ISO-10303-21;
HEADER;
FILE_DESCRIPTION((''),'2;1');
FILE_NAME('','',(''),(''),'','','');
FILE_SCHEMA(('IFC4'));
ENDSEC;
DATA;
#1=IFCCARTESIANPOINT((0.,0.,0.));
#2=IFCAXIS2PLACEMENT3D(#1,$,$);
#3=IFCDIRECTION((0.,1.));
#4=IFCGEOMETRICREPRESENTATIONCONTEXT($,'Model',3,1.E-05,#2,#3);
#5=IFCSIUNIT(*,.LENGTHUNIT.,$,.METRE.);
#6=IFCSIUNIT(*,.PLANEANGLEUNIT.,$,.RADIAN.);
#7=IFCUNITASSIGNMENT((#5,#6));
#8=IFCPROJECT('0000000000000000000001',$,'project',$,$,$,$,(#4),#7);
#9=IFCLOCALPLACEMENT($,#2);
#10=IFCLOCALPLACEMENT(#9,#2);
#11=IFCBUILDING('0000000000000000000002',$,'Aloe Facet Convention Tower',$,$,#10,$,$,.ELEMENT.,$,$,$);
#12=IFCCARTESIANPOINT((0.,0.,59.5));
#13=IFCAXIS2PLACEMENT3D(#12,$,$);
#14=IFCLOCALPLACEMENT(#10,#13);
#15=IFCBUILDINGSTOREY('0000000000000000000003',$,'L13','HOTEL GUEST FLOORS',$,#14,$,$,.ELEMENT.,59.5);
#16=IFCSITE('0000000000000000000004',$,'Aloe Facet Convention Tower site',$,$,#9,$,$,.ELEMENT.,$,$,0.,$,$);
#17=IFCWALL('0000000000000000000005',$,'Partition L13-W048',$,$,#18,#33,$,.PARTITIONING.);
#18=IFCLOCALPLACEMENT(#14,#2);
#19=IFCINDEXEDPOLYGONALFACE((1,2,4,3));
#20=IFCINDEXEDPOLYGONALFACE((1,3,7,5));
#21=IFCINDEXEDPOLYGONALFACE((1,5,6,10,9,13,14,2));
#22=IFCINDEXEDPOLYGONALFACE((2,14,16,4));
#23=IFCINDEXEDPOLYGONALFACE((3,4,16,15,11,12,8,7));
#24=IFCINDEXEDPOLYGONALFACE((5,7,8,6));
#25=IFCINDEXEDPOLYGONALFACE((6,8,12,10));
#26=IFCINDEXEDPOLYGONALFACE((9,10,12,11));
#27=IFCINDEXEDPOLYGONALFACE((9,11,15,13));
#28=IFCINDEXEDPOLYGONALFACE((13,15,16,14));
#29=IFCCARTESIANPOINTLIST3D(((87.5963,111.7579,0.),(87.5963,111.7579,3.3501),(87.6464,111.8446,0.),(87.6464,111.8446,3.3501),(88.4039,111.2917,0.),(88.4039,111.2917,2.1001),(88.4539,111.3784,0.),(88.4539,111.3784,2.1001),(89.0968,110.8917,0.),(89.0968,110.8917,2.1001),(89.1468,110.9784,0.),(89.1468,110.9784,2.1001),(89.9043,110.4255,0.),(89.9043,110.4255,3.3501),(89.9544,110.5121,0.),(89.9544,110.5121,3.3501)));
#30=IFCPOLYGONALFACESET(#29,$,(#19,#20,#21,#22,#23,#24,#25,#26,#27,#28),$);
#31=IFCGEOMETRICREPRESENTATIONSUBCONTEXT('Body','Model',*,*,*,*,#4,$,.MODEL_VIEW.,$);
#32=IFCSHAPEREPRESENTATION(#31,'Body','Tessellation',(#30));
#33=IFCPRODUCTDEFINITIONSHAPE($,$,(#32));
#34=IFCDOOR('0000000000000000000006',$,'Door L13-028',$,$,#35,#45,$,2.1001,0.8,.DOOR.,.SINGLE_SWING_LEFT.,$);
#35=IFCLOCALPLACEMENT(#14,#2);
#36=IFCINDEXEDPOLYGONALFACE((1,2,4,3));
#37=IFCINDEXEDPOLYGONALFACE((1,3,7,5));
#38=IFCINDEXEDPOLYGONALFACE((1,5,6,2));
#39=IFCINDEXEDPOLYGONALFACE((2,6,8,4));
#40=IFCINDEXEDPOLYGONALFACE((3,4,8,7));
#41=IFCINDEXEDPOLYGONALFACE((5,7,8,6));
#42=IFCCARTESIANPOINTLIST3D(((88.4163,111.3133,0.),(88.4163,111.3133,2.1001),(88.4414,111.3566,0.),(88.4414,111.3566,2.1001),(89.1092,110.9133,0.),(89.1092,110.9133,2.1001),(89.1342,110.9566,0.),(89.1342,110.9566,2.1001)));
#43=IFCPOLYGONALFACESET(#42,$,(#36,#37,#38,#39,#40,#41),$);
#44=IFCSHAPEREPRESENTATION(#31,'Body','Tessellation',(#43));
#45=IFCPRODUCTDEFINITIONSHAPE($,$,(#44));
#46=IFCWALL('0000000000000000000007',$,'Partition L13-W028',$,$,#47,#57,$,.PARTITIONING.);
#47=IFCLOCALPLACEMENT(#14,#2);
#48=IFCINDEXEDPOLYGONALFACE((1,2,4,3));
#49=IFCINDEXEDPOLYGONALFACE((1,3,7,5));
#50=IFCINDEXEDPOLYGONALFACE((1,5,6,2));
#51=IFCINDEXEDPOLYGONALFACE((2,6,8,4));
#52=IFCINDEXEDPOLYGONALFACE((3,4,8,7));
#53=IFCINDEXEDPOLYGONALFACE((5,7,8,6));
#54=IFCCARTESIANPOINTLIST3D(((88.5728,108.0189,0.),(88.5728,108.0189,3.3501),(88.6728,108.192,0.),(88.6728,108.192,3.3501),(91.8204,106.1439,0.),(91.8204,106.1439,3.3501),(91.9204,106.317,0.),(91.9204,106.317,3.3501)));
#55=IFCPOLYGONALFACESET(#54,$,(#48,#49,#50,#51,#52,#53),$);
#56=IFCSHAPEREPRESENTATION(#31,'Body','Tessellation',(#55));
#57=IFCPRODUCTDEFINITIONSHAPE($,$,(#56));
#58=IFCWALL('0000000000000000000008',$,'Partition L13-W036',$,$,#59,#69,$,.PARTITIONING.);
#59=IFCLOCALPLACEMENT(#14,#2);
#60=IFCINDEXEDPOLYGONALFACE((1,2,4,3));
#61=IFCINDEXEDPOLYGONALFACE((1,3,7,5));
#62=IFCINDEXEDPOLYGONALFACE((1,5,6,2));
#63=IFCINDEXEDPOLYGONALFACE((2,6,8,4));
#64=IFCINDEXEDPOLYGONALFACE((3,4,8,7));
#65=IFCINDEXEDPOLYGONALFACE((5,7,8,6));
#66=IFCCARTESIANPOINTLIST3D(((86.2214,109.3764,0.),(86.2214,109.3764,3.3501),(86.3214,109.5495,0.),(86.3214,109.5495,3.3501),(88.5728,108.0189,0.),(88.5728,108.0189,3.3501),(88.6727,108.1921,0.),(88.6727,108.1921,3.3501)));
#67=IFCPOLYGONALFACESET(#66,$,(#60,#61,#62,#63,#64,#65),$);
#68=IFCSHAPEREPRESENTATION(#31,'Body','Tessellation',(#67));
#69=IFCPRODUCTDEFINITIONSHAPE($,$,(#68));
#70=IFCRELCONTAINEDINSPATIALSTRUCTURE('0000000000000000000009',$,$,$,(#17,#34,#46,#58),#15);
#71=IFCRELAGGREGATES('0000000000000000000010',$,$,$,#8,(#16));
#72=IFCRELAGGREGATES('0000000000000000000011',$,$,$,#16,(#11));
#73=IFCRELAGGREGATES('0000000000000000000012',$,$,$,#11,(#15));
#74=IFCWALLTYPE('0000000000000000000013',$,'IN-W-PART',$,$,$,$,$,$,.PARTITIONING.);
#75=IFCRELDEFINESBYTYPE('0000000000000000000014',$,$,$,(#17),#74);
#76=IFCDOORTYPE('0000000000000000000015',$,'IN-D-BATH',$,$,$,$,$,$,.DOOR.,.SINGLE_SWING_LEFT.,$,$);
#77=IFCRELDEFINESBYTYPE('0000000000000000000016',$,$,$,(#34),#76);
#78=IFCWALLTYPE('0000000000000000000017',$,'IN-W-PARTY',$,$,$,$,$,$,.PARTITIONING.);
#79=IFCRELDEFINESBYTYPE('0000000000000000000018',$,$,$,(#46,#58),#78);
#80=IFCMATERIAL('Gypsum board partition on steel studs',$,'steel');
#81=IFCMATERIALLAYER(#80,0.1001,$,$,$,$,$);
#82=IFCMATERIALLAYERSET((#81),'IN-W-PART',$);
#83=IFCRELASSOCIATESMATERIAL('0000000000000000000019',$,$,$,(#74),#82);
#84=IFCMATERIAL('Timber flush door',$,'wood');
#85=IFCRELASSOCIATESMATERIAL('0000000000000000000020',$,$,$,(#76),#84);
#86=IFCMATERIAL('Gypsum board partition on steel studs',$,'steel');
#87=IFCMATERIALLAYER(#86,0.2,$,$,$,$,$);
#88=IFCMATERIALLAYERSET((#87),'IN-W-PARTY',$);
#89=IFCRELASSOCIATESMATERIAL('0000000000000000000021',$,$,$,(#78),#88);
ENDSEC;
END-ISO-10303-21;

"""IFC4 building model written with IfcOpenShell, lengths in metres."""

from ifc_helpers import new_model, si_unit, direction, frame, frame_2d, origin, place, context, subcontext, project, spatial, rectangle, extrude, material, layer, layer_set, type_object, element, fill, save


model = new_model("IFC4")

# Units and contexts
model_context = context("Model", 3, precision=1e-05, world=origin(), true_north=direction((0.0, 1.0)))
body_context = subcontext(model_context, "Body", "Model", "MODEL_VIEW")
ifc_project = project(units=[si_unit("LENGTHUNIT", "METRE"), si_unit("PLANEANGLEUNIT", "RADIAN")], contexts=[model_context])

# Site, building, storey
site_placement = place(None, origin())
site = spatial("IfcSite", under=ifc_project, at=site_placement, Name="Aloe Facet Convention Tower site", CompositionType="ELEMENT", RefElevation=0.0)
building_placement = place(site_placement, origin())
building = spatial("IfcBuilding", under=site, at=building_placement, Name="Aloe Facet Convention Tower", CompositionType="ELEMENT")
storey_placement = place(building_placement, frame((0.0, 0.0, 59.5)))
storey = spatial("IfcBuildingStorey", under=building, at=storey_placement, Name="L13", Description="HOTEL GUEST FLOORS", CompositionType="ELEMENT", Elevation=59.5)

# Shared definitions
ifc_material_1 = material(Name="Gypsum board partition on steel studs", Category="steel")
ifc_layer_1 = layer(ifc_material_1, 0.1001)
ifc_layer_set_1 = layer_set([ifc_layer_1], Name="IN-W-PART")
wall_type_1 = type_object("IfcWallType", Name="IN-W-PART", PredefinedType="PARTITIONING", material=ifc_layer_set_1)

# Wall, opening, door
wall_1_placement = place(storey_placement, frame((87.6213, 111.8013, 0.0), z_axis=(0.0, 0.0, 1.0), x_axis=(0.866036, -0.499981, 0.0)))
wall_1 = element("IfcWall", 1, at=wall_1_placement, inside=storey, type_object=wall_type_1, Name="Partition L13-W048", PredefinedType="PARTITIONING", context=body_context, shape_type="SweptSolid", body=[
    extrude(rectangle(XDim=2.665, YDim=0.1001, at=frame_2d((1.3325, 0.0))), origin(), (0.0, 0.0, 1.0), 3.3501),
])
opening_1_placement = place(wall_1_placement, frame((0.9326, 0.0, 0.0)))
opening_1 = element("IfcOpeningElement", 2, at=opening_1_placement, cuts=wall_1, PredefinedType="OPENING", context=body_context, shape_type="SweptSolid", body=[
    extrude(rectangle(XDim=0.8, YDim=2.1001, at=frame_2d((0.3999, 1.05))), frame((0.0, 0.0601, 0.0), z_axis=(0.0, -1.0, 0.0), x_axis=(1.0, 0.0, 0.0)), (0.0, 0.0, 1.0), 0.1201),
])
ifc_material_2 = material(Name="Timber flush door", Category="wood")
door_type_1 = type_object("IfcDoorType", Name="IN-D-BATH", OperationType="SINGLE_SWING_LEFT", PredefinedType="DOOR", material=ifc_material_2)
door_1_placement = place(opening_1_placement, origin())
door_1 = element("IfcDoor", 3, at=door_1_placement, inside=storey, type_object=door_type_1, Name="Door L13-028", OperationType="SINGLE_SWING_LEFT", OverallHeight=2.1001, OverallWidth=0.8, PredefinedType="DOOR", context=body_context, shape_type="SweptSolid", body=[
    extrude(rectangle(XDim=0.8, YDim=2.1001, at=frame_2d((0.3999, 1.05))), frame((0.0, 0.0249, 0.0), z_axis=(0.0, -1.0, 0.0), x_axis=(1.0, 0.0, 0.0)), (0.0, 0.0, 1.0), 0.05),
])
fill(opening_1, door_1)

# Walls
ifc_material_3 = material(Name="Gypsum board partition on steel studs", Category="steel")
ifc_layer_2 = layer(ifc_material_3, 0.2)
ifc_layer_set_2 = layer_set([ifc_layer_2], Name="IN-W-PARTY")
wall_type_2 = type_object("IfcWallType", Name="IN-W-PARTY", PredefinedType="PARTITIONING", material=ifc_layer_set_2)
wall_2_placement = place(storey_placement, frame((88.6228, 108.1055, 0.0), z_axis=(0.0, 0.0, 1.0), x_axis=(0.866023, -0.500004, 0.0)))
element("IfcWall", 4, at=wall_2_placement, inside=storey, type_object=wall_type_2, Name="Partition L13-W028", PredefinedType="PARTITIONING", context=body_context, shape_type="SweptSolid", body=[
    extrude(rectangle(XDim=3.75, YDim=0.2, at=frame_2d((1.875, 0.0))), origin(), (0.0, 0.0, 1.0), 3.3501),
])
wall_3_placement = place(storey_placement, frame((86.2715, 109.4629, 0.0), z_axis=(0.0, 0.0, 1.0), x_axis=(0.866043, -0.499969, 0.0)))
element("IfcWall", 5, at=wall_3_placement, inside=storey, type_object=wall_type_2, Name="Partition L13-W036", PredefinedType="PARTITIONING", context=body_context, shape_type="SweptSolid", body=[
    extrude(rectangle(XDim=2.7151, YDim=0.2, at=frame_2d((1.3574, 0.0))), origin(), (0.0, 0.0, 1.0), 3.3501),
])

save(model, "model.ifc")
